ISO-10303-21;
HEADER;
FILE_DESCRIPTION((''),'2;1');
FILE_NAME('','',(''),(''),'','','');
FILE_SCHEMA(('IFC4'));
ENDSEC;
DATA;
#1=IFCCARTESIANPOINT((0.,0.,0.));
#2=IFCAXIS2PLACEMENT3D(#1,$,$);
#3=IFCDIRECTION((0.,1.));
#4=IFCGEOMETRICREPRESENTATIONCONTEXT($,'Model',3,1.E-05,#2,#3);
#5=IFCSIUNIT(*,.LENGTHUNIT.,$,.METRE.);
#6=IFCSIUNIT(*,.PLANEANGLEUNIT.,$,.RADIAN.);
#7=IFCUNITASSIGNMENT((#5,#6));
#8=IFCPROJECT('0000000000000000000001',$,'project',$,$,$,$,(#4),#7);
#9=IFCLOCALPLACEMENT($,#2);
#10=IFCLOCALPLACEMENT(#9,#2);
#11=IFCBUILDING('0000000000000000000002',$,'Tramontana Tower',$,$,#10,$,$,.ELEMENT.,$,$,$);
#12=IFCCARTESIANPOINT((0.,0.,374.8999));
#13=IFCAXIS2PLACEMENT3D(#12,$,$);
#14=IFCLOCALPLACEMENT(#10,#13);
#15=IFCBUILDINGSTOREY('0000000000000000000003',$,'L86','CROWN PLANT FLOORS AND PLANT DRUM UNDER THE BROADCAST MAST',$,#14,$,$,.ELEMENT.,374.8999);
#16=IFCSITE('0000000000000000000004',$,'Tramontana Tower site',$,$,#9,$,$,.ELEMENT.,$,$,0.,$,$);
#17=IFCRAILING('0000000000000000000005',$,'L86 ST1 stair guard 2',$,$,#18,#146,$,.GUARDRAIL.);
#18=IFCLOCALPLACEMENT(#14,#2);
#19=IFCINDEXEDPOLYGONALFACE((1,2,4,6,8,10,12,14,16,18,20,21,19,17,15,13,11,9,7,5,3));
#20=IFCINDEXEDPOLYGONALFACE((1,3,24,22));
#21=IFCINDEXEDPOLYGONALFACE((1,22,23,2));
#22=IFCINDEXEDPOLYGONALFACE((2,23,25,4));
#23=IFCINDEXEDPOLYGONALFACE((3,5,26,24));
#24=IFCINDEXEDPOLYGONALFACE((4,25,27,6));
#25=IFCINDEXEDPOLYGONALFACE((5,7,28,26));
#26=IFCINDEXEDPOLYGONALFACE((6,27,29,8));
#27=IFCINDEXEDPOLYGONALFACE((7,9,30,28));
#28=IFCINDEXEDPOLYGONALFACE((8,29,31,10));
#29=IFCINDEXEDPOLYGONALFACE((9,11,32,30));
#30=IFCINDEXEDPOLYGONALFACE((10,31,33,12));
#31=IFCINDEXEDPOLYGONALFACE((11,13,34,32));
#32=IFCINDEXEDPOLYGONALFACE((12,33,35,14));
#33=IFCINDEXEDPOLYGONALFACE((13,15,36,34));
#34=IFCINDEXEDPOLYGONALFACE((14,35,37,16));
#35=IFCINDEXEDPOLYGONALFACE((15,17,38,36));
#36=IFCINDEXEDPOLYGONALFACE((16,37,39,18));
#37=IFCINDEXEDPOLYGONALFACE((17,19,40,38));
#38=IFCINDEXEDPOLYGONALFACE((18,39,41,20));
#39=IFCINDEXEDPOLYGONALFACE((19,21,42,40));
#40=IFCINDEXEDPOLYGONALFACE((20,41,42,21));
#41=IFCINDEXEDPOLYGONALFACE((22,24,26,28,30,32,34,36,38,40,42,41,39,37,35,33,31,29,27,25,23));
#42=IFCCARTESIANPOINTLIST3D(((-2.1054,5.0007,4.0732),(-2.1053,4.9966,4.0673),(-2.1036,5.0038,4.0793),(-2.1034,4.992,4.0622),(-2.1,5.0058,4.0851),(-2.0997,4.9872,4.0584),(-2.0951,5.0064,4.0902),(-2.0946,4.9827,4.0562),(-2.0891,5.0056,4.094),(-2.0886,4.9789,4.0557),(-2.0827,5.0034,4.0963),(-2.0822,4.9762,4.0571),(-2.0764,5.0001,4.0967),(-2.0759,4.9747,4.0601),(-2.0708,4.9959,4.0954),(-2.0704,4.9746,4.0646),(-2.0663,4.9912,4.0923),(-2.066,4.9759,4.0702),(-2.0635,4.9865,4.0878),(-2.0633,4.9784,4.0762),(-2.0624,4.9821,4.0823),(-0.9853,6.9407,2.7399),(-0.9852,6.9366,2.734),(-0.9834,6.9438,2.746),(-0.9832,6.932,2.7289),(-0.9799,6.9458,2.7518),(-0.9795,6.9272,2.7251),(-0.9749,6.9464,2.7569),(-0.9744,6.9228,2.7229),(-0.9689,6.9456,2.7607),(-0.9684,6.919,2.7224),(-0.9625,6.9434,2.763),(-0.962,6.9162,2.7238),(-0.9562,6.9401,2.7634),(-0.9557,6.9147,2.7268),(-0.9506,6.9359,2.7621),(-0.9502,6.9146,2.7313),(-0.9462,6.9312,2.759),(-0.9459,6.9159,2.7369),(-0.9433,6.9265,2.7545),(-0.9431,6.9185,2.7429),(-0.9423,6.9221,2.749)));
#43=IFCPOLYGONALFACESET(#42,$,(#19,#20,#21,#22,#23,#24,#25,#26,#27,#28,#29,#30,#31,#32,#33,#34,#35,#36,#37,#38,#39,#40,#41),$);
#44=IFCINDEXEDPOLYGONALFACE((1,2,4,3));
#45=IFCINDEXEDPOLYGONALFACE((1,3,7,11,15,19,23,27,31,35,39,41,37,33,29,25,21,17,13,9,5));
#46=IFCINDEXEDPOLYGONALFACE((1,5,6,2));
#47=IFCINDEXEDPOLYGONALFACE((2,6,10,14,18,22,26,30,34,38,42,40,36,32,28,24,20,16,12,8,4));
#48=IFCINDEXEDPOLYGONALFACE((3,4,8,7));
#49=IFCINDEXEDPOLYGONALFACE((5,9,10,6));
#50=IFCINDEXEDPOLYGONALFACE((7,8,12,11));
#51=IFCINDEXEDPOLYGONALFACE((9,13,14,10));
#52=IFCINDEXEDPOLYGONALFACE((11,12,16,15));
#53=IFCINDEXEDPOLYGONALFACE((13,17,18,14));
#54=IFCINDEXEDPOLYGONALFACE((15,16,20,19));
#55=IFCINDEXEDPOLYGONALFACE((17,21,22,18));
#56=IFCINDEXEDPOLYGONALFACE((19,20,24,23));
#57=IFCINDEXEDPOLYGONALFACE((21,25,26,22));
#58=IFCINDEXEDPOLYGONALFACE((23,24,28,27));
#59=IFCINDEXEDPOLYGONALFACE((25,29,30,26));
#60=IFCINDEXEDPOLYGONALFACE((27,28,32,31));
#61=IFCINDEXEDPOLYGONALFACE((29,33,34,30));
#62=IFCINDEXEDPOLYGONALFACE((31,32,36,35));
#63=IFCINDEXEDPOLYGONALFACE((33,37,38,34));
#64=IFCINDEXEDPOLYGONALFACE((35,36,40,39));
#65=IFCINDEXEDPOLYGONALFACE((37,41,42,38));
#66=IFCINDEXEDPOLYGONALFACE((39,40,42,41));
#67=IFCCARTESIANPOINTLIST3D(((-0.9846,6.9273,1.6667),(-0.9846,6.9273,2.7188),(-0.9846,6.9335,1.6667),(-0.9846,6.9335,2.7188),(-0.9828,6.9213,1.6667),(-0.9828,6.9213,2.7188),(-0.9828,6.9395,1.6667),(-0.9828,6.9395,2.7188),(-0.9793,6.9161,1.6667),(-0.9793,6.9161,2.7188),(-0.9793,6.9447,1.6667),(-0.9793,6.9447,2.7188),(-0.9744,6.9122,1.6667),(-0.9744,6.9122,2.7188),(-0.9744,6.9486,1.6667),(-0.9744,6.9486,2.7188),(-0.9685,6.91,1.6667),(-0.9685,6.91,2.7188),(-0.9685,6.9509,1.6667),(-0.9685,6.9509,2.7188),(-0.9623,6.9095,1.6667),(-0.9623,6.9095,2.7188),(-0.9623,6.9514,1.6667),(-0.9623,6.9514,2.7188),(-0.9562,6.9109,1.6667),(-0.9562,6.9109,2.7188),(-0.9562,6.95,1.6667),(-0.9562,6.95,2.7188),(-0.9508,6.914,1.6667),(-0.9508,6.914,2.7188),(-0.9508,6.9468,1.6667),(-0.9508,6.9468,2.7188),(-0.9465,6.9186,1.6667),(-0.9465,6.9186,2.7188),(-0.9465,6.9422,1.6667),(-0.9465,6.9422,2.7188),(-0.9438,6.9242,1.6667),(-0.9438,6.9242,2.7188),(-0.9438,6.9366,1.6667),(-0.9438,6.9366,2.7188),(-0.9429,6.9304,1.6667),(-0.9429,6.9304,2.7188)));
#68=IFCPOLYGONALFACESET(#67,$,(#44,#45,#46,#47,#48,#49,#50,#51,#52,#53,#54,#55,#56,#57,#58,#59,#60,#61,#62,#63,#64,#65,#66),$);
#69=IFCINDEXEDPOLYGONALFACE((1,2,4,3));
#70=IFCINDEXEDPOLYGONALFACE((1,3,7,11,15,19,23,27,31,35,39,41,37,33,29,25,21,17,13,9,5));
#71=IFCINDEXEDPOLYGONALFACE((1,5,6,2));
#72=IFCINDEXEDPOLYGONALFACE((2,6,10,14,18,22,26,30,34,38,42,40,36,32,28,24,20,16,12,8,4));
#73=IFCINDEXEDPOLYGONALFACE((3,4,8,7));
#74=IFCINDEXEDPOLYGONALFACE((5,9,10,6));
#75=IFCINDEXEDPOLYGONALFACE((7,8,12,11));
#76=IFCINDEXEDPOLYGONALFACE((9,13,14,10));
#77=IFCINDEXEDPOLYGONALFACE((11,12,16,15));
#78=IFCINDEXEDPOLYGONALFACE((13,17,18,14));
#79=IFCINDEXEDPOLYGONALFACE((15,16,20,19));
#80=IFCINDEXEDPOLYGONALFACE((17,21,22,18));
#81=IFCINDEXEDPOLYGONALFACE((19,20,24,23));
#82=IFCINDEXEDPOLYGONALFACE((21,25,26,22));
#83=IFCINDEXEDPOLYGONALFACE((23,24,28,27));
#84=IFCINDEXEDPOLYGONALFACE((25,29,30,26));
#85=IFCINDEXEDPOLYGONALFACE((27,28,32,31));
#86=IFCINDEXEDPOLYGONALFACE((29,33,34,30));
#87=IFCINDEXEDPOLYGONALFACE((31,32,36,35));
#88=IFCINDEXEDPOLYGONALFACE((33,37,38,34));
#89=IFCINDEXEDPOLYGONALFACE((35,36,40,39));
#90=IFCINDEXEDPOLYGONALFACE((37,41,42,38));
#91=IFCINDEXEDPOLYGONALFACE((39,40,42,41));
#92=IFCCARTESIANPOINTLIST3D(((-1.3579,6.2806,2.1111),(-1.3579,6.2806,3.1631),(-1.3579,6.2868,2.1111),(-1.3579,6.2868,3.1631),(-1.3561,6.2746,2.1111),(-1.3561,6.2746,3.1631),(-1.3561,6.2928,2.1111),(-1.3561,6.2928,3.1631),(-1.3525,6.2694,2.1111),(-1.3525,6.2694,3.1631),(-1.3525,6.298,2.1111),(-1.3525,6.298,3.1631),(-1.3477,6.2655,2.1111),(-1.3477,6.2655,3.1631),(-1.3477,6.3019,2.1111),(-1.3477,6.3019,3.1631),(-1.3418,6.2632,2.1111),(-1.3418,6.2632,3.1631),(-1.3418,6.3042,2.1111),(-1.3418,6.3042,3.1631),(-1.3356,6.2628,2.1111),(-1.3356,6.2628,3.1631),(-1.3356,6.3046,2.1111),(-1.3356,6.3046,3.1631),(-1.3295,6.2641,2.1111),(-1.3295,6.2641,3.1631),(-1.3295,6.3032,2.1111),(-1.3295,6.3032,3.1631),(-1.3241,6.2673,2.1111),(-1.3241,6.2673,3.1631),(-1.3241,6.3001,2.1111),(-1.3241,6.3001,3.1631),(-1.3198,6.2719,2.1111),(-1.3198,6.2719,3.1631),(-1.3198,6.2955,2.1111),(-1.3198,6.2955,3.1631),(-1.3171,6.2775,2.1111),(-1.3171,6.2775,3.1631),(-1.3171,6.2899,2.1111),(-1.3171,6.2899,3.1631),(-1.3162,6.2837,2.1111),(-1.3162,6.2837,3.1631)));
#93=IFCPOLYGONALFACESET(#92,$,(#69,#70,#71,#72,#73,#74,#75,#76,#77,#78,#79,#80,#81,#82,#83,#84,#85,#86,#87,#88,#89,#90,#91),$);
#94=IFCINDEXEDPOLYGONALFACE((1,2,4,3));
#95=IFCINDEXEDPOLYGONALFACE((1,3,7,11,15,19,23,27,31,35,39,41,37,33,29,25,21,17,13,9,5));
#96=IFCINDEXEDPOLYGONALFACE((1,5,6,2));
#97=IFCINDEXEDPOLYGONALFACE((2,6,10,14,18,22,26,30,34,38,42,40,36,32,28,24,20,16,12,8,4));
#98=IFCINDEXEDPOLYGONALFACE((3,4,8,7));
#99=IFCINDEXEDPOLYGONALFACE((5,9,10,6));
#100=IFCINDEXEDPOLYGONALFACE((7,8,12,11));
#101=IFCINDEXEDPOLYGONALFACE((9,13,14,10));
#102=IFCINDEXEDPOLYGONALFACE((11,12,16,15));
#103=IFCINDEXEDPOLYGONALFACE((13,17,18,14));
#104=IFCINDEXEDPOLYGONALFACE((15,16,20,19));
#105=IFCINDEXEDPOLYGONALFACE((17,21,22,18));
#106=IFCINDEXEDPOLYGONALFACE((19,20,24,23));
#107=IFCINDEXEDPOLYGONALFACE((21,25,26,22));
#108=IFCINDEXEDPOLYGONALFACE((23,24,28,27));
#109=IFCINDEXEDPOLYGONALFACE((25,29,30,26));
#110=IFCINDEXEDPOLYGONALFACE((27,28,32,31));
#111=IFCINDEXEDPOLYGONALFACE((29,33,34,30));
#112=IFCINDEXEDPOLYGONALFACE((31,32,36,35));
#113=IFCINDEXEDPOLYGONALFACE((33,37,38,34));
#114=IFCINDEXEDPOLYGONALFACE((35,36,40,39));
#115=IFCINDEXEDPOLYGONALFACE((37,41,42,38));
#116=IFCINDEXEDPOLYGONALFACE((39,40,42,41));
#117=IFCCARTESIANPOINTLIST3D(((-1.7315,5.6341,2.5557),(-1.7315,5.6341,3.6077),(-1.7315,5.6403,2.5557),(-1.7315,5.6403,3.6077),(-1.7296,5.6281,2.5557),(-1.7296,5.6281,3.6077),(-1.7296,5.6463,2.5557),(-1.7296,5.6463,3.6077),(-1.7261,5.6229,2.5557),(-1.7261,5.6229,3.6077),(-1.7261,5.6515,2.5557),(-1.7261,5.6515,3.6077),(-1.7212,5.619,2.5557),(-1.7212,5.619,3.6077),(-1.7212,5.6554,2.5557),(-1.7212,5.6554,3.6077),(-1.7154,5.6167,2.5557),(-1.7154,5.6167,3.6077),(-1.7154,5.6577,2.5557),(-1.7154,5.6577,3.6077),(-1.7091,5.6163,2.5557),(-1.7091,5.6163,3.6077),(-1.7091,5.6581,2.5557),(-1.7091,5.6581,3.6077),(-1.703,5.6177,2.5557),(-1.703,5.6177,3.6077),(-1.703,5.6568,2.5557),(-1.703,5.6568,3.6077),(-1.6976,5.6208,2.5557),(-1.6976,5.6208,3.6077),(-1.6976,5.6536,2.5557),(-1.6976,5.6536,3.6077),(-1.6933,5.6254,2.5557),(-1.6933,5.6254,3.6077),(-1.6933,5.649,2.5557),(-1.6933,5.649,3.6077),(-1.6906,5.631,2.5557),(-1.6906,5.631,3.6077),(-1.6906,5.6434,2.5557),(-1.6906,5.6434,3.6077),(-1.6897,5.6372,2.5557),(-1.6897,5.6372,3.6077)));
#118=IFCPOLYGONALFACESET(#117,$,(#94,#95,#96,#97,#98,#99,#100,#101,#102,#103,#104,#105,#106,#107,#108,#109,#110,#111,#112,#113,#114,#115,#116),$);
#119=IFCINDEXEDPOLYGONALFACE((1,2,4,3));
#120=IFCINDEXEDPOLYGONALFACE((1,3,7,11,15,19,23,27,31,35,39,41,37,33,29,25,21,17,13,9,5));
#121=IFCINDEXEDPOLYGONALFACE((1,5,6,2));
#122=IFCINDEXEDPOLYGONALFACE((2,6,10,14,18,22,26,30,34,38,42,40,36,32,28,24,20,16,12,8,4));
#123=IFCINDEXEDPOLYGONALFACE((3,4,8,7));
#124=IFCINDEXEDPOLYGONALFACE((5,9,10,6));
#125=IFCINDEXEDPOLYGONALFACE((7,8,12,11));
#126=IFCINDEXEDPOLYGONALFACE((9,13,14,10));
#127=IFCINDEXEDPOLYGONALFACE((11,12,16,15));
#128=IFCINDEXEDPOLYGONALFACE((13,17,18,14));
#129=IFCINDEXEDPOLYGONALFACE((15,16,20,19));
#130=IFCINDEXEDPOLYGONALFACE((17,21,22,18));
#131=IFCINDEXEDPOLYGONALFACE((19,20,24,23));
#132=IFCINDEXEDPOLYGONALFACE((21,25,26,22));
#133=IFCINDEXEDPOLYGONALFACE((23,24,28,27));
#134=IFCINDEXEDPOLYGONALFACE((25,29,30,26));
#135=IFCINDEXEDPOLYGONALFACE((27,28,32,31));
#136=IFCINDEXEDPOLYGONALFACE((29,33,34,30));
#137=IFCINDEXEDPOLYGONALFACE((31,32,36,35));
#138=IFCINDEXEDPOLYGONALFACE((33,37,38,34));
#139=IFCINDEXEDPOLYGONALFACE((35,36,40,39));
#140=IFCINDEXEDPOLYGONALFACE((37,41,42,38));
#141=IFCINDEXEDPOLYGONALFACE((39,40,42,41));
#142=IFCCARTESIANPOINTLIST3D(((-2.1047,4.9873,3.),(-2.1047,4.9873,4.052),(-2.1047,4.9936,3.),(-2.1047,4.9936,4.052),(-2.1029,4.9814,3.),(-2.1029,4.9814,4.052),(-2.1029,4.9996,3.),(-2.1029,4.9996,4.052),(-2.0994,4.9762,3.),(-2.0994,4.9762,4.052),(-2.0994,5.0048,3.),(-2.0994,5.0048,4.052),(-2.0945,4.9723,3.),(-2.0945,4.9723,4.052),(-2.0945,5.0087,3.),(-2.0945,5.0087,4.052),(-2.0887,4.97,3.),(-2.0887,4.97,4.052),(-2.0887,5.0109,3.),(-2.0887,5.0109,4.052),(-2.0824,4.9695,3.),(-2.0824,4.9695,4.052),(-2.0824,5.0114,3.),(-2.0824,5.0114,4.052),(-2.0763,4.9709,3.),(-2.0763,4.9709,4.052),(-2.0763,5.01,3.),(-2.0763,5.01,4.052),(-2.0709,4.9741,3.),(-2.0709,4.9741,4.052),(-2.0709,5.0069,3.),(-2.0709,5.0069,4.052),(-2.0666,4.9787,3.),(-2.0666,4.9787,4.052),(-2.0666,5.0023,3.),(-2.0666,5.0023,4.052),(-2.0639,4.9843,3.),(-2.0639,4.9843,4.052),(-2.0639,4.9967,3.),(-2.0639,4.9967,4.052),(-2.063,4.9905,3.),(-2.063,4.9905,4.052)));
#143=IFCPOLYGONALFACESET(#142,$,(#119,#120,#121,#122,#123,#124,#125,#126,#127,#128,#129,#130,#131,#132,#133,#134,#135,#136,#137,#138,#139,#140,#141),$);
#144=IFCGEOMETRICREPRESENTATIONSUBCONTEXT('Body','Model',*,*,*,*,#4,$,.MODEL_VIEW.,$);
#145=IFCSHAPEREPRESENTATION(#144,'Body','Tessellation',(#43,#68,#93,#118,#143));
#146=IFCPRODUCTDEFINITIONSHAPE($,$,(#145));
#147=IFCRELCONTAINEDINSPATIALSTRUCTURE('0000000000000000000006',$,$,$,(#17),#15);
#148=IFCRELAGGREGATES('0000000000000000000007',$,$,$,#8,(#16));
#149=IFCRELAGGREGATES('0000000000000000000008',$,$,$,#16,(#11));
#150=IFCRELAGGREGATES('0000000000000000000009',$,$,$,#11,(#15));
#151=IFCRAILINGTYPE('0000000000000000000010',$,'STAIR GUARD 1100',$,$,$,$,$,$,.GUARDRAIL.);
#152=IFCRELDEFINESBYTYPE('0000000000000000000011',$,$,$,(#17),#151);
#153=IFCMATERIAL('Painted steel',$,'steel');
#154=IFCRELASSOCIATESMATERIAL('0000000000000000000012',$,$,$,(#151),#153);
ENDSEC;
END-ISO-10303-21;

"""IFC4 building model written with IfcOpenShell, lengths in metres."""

from ifc_helpers import new_model, si_unit, direction, frame, origin, origin_2d, place, context, subcontext, project, spatial, circle, extrude, material, type_object, element, save


model = new_model("IFC4")

# Units and contexts
model_context = context("Model", 3, precision=1e-05, world=origin(), true_north=direction((0.0, 1.0)))
body_context = subcontext(model_context, "Body", "Model", "MODEL_VIEW")
ifc_project = project(units=[si_unit("LENGTHUNIT", "METRE"), si_unit("PLANEANGLEUNIT", "RADIAN")], contexts=[model_context])

# Site, building, storey
site_placement = place(None, origin())
site = spatial("IfcSite", under=ifc_project, at=site_placement, Name="Tramontana Tower site", CompositionType="ELEMENT", RefElevation=0.0)
building_placement = place(site_placement, origin())
building = spatial("IfcBuilding", under=site, at=building_placement, Name="Tramontana Tower", CompositionType="ELEMENT")
storey_placement = place(building_placement, frame((0.0, 0.0, 374.8999)))
storey = spatial("IfcBuildingStorey", under=building, at=storey_placement, Name="L86", Description="CROWN PLANT FLOORS AND PLANT DRUM UNDER THE BROADCAST MAST", CompositionType="ELEMENT", Elevation=374.8999)

# Railing
ifc_material_1 = material(Name="Painted steel", Category="steel")
railing_type_1 = type_object("IfcRailingType", Name="STAIR GUARD 1100", PredefinedType="GUARDRAIL", material=ifc_material_1)
railing_1_placement = place(storey_placement, frame((-0.9639, 6.9304, 1.6667)))
element("IfcRailing", 1, at=railing_1_placement, inside=storey, type_object=railing_type_1, Name="L86 ST1 stair guard 2", PredefinedType="GUARDRAIL", context=body_context, shape_type="SweptSolid", body=[
    extrude(circle(Radius=0.0239, at=origin_2d()), frame((0.0, 0.0, 1.0762), z_axis=(-0.429684, -0.744175, 0.511444), x_axis=(0.866008, -0.500031, 0.0)), (0.0, 0.0, 1.0), 2.6069),
    extrude(circle(Radius=0.021, at=origin_2d()), origin(), (0.0, 0.0, 1.0), 1.052),
    extrude(circle(Radius=0.021, at=origin_2d()), frame((-0.3733, -0.6467, 0.4443)), (0.0, 0.0, 1.0), 1.052),
    extrude(circle(Radius=0.021, at=origin_2d()), frame((-0.7468, -1.2932, 0.8889)), (0.0, 0.0, 1.0), 1.052),
    extrude(circle(Radius=0.021, at=origin_2d()), frame((-1.1201, -1.9399, 1.3333)), (0.0, 0.0, 1.0), 1.052),
])

save(model, "model.ifc")
